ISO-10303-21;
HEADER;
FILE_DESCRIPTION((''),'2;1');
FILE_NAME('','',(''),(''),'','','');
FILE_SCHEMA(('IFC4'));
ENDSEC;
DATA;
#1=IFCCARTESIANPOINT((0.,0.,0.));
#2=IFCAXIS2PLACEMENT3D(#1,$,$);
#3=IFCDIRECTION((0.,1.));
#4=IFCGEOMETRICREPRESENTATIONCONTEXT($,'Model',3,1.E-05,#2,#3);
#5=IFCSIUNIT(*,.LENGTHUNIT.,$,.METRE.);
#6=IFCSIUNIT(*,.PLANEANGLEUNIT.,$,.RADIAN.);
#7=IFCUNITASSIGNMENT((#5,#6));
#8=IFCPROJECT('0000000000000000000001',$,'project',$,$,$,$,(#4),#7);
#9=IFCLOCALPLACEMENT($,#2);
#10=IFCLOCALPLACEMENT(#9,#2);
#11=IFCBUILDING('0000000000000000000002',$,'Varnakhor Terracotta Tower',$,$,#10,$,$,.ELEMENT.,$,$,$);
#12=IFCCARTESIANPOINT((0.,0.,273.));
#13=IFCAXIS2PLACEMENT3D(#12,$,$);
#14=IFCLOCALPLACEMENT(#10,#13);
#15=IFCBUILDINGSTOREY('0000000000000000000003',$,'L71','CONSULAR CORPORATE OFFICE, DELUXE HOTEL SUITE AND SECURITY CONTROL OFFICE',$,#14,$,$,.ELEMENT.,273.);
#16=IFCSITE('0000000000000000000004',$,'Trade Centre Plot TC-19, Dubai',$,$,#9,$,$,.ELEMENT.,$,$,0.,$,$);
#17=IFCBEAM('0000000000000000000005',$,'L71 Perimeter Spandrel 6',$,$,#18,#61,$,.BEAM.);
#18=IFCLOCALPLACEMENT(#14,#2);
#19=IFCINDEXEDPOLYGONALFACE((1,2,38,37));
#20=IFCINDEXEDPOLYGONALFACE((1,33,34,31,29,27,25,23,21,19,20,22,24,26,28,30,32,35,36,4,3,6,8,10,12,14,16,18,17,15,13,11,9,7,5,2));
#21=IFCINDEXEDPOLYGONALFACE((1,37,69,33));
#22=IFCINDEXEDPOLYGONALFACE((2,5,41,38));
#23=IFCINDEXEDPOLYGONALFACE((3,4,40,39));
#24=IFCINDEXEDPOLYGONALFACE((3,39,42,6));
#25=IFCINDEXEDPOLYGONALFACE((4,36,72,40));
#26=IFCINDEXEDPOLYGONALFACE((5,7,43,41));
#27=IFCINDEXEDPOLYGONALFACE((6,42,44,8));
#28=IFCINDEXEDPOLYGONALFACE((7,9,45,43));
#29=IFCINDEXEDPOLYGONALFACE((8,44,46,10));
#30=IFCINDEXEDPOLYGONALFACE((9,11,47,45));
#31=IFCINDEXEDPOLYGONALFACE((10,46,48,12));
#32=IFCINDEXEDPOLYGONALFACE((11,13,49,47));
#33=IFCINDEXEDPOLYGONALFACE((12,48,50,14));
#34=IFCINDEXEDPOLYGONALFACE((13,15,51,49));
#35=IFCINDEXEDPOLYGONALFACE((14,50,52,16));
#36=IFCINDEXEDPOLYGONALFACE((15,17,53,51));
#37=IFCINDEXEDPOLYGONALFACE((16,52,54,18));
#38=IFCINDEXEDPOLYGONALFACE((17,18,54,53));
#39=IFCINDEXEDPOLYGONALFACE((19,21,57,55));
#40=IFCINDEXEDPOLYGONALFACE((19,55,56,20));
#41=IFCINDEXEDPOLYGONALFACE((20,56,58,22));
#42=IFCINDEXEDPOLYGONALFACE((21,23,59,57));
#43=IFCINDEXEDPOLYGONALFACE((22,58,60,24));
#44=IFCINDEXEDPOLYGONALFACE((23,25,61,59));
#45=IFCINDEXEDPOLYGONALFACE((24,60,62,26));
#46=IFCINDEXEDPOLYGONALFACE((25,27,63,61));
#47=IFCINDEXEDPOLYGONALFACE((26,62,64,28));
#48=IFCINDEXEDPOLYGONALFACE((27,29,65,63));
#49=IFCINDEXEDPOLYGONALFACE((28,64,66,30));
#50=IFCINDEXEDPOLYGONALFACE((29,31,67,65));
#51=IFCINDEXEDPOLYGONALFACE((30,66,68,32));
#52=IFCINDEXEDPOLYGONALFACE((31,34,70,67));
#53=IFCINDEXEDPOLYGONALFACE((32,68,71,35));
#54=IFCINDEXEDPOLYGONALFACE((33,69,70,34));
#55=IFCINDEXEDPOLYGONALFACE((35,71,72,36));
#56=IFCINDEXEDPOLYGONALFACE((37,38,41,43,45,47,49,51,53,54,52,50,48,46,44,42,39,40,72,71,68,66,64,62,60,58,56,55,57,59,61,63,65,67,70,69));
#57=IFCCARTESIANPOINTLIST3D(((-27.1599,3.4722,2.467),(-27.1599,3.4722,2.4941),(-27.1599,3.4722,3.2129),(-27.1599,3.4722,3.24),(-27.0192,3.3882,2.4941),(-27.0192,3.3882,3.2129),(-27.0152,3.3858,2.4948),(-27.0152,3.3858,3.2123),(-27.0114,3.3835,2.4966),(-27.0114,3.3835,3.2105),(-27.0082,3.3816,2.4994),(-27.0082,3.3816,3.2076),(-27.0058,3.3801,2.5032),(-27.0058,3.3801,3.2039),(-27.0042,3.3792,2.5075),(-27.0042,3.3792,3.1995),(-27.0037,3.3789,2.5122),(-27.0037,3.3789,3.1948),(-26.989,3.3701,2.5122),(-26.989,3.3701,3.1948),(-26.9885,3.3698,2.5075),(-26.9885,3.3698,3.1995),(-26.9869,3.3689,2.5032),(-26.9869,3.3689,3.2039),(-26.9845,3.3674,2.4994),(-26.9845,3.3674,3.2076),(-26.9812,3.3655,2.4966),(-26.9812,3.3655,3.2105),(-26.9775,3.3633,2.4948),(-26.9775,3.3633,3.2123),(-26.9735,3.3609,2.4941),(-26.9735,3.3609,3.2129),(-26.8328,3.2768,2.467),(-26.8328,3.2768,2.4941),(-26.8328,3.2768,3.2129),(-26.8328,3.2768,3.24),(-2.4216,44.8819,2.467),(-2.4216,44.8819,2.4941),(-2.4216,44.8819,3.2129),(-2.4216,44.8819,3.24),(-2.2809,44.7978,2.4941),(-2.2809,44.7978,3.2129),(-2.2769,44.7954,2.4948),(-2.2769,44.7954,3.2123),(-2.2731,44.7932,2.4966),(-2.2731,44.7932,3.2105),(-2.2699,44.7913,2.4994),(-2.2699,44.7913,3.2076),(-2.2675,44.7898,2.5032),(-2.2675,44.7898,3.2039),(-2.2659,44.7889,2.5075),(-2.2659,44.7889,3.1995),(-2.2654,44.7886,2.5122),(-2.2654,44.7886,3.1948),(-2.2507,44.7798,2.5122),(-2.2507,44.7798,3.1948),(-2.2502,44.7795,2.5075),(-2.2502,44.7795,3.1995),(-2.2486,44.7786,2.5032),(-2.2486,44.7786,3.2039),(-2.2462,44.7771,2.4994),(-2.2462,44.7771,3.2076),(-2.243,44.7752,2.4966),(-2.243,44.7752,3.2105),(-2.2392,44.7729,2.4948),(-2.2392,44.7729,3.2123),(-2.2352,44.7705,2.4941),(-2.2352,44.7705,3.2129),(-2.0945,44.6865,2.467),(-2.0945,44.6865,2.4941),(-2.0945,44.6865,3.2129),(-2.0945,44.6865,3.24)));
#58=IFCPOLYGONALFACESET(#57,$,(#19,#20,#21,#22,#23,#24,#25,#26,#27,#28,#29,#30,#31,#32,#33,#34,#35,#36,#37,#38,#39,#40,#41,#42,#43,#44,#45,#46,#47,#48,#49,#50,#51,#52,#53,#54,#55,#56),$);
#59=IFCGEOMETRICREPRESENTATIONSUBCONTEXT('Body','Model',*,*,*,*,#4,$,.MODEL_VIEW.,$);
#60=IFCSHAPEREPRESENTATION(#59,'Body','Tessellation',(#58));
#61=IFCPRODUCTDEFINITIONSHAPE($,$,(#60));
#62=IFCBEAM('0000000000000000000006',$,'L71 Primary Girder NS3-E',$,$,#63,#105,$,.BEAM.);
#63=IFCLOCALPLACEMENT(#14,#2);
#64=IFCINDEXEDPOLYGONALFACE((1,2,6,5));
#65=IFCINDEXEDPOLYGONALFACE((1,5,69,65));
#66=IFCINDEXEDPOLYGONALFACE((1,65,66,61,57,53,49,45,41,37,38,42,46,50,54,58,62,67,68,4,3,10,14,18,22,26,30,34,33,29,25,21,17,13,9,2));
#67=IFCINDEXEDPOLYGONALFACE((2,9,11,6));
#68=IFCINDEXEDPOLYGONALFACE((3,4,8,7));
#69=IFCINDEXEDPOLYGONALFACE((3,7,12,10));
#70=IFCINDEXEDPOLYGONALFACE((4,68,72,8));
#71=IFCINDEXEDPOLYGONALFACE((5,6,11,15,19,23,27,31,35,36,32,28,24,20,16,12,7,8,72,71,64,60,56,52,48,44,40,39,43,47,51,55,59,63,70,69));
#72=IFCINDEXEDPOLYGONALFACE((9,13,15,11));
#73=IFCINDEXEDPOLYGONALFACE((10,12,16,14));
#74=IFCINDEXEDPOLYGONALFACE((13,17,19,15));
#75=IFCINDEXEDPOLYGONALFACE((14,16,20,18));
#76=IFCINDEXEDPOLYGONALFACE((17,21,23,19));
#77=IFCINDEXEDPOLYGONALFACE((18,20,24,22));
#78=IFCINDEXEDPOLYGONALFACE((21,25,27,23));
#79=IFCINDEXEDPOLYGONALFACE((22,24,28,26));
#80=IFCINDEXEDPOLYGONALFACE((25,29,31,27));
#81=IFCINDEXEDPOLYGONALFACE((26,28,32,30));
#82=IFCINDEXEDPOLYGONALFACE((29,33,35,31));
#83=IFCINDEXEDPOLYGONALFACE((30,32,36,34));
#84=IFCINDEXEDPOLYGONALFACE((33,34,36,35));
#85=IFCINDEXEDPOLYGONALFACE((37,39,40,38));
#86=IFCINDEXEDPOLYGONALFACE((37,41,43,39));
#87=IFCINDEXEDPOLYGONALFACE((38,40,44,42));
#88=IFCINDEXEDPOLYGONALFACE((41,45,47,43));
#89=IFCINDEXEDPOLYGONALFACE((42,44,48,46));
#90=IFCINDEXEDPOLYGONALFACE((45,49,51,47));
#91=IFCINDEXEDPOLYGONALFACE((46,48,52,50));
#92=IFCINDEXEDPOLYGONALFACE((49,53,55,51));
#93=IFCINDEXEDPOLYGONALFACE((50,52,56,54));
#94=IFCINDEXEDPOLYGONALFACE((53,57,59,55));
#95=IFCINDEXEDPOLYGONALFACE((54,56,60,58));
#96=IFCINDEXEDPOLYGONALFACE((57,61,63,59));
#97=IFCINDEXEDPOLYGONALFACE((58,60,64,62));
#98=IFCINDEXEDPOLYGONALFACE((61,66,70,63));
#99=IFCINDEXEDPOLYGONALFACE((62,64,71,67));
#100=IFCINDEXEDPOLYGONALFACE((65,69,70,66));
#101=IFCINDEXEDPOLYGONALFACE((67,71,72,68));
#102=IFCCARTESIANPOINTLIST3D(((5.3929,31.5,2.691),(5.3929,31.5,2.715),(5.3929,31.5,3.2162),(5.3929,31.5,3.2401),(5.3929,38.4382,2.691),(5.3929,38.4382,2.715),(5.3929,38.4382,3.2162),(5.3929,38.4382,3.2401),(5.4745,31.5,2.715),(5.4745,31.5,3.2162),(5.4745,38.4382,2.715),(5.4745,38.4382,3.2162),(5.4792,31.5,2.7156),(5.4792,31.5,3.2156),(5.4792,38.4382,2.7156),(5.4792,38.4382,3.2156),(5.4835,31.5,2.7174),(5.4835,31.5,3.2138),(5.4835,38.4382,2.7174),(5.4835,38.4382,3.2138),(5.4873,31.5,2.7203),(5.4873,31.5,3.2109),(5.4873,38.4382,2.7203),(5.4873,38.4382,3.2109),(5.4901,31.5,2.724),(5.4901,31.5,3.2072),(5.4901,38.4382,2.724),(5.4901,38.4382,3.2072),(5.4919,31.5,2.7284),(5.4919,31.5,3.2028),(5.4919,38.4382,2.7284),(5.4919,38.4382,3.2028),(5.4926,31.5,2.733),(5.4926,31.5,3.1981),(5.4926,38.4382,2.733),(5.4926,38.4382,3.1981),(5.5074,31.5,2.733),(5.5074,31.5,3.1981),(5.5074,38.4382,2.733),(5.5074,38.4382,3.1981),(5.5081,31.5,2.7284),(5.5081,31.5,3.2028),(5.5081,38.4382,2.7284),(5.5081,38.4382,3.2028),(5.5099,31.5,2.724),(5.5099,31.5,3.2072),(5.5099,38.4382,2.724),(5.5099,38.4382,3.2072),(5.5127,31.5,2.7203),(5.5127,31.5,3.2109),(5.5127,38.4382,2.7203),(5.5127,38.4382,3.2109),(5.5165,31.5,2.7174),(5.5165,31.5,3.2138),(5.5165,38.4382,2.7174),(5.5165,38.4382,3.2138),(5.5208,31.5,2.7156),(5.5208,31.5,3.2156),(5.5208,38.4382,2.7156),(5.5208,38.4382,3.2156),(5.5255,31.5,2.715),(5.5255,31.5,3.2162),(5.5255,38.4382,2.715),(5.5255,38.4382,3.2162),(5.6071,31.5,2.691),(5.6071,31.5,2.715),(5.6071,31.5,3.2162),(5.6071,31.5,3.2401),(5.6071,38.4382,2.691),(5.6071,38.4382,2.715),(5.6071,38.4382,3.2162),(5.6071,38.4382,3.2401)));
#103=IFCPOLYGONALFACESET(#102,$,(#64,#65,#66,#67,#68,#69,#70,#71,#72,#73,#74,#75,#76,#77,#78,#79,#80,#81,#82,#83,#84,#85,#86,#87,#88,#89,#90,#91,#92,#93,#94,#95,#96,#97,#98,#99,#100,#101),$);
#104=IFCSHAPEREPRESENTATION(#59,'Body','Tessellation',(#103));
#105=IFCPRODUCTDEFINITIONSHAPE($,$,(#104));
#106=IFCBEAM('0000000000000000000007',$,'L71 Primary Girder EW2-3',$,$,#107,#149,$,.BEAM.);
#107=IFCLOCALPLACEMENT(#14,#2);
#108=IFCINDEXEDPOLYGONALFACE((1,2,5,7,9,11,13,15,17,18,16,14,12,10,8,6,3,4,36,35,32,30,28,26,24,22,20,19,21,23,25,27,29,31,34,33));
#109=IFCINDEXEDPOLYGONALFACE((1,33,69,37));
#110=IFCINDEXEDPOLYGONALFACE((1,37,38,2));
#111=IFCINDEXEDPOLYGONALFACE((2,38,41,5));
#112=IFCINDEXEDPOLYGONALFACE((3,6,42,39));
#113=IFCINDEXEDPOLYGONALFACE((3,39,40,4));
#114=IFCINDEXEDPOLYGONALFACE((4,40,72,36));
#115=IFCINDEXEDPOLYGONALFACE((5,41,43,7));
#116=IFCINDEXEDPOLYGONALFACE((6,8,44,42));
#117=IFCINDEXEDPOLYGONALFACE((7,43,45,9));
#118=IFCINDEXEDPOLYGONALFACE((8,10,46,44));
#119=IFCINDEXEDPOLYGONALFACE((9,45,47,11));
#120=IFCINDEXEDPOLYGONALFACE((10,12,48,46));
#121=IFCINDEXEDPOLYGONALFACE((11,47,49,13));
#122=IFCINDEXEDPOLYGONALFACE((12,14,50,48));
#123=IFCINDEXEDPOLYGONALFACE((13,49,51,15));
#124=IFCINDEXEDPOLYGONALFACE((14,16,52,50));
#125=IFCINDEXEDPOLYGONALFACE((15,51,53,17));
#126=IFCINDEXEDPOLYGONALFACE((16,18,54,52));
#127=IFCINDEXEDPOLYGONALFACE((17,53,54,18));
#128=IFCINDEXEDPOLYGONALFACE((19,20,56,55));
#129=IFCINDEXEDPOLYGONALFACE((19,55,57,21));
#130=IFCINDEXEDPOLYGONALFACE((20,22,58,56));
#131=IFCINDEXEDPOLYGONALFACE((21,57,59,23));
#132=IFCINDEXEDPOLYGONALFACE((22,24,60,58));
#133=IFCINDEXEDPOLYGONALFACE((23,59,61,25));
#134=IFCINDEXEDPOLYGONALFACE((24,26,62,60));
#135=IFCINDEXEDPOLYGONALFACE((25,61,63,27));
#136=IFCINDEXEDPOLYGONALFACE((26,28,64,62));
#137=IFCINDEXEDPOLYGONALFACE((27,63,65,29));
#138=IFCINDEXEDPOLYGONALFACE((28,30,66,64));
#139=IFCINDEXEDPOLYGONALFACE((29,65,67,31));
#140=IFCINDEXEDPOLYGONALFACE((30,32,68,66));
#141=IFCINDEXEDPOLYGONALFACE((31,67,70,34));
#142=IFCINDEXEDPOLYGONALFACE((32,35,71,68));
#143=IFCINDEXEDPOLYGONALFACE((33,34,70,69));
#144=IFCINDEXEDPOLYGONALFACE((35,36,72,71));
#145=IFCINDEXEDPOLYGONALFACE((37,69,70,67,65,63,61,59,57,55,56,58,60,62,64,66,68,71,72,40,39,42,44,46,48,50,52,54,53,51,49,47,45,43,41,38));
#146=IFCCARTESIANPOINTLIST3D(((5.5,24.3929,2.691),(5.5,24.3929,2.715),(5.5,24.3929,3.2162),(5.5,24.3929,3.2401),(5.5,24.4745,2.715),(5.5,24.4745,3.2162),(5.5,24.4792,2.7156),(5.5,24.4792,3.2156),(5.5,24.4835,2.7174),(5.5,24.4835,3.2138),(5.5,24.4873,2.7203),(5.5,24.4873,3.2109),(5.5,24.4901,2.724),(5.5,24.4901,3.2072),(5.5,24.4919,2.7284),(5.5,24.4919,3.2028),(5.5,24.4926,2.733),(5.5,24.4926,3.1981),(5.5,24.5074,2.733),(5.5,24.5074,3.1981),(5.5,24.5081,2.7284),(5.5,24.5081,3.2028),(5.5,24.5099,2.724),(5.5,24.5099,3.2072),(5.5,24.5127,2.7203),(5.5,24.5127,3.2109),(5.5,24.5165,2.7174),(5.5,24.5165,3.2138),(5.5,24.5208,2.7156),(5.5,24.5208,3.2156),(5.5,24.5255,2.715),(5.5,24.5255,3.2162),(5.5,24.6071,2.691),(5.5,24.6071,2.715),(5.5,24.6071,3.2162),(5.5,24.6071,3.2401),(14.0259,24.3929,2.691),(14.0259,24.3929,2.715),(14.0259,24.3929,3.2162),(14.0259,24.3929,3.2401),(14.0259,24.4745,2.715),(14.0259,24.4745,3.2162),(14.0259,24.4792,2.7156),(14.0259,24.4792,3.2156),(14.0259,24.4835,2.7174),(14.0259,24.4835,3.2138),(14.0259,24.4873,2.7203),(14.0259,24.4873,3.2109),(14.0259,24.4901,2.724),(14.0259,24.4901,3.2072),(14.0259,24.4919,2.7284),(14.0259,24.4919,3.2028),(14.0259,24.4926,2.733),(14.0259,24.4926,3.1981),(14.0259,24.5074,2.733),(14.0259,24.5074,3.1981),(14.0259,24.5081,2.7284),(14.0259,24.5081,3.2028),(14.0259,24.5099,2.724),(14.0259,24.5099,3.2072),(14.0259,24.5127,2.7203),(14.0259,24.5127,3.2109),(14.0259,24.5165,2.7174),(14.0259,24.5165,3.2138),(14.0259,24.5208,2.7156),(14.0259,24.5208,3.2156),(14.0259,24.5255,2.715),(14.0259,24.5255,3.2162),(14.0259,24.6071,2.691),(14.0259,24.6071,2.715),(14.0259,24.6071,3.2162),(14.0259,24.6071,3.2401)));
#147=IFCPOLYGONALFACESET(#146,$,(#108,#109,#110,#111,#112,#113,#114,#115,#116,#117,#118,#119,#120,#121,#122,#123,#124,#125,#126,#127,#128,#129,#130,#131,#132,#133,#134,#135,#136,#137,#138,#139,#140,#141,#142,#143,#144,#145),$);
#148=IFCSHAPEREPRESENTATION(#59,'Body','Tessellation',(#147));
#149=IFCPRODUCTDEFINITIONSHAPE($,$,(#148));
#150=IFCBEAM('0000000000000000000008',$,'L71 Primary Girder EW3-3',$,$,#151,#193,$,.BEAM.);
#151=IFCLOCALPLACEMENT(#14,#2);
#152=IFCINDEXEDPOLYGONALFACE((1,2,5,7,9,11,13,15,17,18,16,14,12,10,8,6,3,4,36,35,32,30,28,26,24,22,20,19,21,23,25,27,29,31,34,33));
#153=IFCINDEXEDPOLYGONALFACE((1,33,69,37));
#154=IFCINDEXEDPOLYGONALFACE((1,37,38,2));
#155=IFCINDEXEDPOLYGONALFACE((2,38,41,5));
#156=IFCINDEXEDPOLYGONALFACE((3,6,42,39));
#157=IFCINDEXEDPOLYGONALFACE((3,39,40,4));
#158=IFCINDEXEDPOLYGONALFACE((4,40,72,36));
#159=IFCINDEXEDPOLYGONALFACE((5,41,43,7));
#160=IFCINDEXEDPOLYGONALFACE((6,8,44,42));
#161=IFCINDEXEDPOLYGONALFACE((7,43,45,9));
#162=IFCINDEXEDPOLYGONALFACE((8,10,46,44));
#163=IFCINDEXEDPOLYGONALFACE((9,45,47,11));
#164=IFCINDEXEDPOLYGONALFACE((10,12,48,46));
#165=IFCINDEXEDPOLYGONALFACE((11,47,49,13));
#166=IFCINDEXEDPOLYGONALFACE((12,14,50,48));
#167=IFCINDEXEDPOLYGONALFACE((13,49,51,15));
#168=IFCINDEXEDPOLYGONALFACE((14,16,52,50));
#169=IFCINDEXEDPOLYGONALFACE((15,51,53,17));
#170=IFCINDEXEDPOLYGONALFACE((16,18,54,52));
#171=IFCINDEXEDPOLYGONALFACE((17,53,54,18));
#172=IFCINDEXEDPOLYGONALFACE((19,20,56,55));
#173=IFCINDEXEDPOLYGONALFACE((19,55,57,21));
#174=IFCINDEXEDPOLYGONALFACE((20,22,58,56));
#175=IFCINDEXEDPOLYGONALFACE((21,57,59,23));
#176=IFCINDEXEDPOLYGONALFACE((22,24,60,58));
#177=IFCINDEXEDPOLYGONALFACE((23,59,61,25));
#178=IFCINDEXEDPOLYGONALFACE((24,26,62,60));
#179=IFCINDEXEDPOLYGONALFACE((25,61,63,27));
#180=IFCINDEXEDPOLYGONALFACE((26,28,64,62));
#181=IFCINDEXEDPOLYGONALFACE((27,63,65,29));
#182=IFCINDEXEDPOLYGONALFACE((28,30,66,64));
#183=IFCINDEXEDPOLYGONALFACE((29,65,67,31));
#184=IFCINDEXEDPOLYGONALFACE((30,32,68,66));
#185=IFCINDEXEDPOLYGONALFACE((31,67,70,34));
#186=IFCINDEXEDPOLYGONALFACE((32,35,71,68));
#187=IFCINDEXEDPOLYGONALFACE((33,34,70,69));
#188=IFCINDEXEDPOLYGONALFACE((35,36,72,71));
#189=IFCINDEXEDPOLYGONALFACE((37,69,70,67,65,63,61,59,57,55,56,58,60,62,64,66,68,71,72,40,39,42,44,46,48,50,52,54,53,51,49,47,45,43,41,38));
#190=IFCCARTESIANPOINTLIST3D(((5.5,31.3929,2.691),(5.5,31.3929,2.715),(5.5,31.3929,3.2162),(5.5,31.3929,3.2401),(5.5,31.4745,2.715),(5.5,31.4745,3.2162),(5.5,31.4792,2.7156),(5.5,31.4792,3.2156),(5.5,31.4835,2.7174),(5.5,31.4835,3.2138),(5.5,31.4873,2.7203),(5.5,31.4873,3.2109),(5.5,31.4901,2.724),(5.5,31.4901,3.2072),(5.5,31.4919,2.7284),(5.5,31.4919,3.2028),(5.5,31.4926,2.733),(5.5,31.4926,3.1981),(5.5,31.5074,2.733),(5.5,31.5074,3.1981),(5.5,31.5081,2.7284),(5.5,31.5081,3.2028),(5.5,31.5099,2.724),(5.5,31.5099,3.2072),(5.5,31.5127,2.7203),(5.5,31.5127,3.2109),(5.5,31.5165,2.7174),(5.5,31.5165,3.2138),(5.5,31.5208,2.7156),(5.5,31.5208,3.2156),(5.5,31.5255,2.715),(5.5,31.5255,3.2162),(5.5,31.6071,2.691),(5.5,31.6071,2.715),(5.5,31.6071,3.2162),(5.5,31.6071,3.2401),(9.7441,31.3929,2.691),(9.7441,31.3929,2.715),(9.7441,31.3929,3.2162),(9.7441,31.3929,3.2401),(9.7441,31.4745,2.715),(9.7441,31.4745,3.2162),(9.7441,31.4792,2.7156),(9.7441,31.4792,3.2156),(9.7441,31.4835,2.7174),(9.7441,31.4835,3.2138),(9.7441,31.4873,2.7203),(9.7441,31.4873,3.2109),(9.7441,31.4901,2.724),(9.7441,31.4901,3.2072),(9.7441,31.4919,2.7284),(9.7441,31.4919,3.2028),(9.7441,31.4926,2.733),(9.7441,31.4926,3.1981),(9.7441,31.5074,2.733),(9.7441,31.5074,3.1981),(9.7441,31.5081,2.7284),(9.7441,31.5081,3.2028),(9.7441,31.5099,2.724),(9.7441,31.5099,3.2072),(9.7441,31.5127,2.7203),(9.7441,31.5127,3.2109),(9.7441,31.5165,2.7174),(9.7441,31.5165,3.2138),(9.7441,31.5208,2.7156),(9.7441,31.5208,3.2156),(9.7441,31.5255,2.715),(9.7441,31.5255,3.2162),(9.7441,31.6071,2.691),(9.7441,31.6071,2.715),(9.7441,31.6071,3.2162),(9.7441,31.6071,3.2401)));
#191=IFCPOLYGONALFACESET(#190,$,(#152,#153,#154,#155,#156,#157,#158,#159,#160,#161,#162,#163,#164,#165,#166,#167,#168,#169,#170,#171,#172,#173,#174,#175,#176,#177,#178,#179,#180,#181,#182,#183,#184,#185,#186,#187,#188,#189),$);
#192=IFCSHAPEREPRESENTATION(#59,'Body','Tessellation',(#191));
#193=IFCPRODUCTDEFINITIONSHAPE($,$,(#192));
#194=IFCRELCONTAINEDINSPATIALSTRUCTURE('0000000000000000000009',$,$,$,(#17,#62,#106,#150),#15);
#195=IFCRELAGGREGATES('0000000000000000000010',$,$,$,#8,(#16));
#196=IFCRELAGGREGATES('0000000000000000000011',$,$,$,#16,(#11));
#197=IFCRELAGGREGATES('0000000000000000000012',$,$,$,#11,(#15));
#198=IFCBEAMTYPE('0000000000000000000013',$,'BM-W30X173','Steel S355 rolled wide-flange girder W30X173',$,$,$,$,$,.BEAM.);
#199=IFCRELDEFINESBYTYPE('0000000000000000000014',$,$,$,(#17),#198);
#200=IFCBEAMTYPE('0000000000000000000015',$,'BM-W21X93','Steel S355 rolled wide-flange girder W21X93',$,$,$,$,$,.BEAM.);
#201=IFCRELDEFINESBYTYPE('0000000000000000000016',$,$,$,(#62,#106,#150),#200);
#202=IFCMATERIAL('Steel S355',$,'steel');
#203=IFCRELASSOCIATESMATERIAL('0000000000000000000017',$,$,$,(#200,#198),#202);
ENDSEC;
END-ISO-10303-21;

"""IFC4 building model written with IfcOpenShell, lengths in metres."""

from ifc_helpers import new_model, si_unit, direction, frame, origin, origin_2d, place, context, subcontext, project, spatial, i_section, extrude, source, transform, mapped, material, material_profile, profile_set, type_object, element, save


model = new_model("IFC4")

# Units and contexts
model_context = context("Model", 3, precision=1e-05, world=origin(), true_north=direction((0.0, 1.0)))
body_context = subcontext(model_context, "Body", "Model", "MODEL_VIEW")
ifc_project = project(units=[si_unit("LENGTHUNIT", "METRE"), si_unit("PLANEANGLEUNIT", "RADIAN")], contexts=[model_context])

# Site, building, storey
site_placement = place(None, origin())
site = spatial("IfcSite", under=ifc_project, at=site_placement, Name="Trade Centre Plot TC-19, Dubai", CompositionType="ELEMENT", RefElevation=0.0)
building_placement = place(site_placement, origin())
building = spatial("IfcBuilding", under=site, at=building_placement, Name="Varnakhor Terracotta Tower", CompositionType="ELEMENT")
storey_placement = place(building_placement, frame((0.0, 0.0, 273.0)))
storey = spatial("IfcBuildingStorey", under=building, at=storey_placement, Name="L71", Description="CONSULAR CORPORATE OFFICE, DELUXE HOTEL SUITE AND SECURITY CONTROL OFFICE", CompositionType="ELEMENT", Elevation=273.0)

# Shared definitions
ifc_material_1 = material(Name="Steel S355", Category="steel")

# Beams
ifc_material_profile_1 = material_profile(ifc_material_1, i_section(OverallWidth=0.2141, OverallDepth=0.5491, WebThickness=0.0149, FlangeThickness=0.0239, FilletRadius=0.0181, at=origin_2d()), Name="W21X93")
ifc_profile_set_1 = profile_set([ifc_material_profile_1], Name="Steel S355")
beam_type_1 = type_object("IfcBeamType", Name="BM-W21X93", Description="Steel S355 rolled wide-flange girder W21X93", PredefinedType="BEAM", material=ifc_profile_set_1)
ifc_material_profile_2 = material_profile(ifc_material_1, i_section(OverallWidth=0.3811, OverallDepth=0.7729, WebThickness=0.0171, FlangeThickness=0.0271, FilletRadius=0.0181, at=origin_2d()), Name="W30X173")
ifc_profile_set_2 = profile_set([ifc_material_profile_2], Name="Steel S355")
beam_type_2 = type_object("IfcBeamType", Name="BM-W30X173", Description="Steel S355 rolled wide-flange girder W30X173", PredefinedType="BEAM", material=ifc_profile_set_2)
shared_shape_1 = source(origin(), body_context, "Body", "SweptSolid", [
    extrude(i_section(OverallWidth=0.3811, OverallDepth=0.7729, WebThickness=0.0171, FlangeThickness=0.0271, FilletRadius=0.0181, at=origin_2d()), origin(), (0.0, 0.0, 1.0), 48.2363),
])
beam_1_placement = place(storey_placement, frame((-2.2581, 44.7842, 2.8535), z_axis=(-0.512856, -0.858475, 0.0), x_axis=(0.858475, -0.512856, 0.0)))
element("IfcBeam", 1, at=beam_1_placement, inside=storey, type_object=beam_type_2, Name="L71 Perimeter Spandrel 6", PredefinedType="BEAM", context=body_context, shape_type="MappedRepresentation", body=[
    mapped(shared_shape_1, transform((0.0, 0.0, 0.0), scale=1.0)),
])
shared_shape_2 = source(origin(), body_context, "Body", "SweptSolid", [
    extrude(i_section(OverallWidth=0.2141, OverallDepth=0.5491, WebThickness=0.0149, FlangeThickness=0.0239, FilletRadius=0.0181, at=origin_2d()), origin(), (0.0, 0.0, 1.0), 6.9382),
])
beam_2_placement = place(storey_placement, frame((5.5, 31.5, 2.9656), z_axis=(0.0, 1.0, 0.0), x_axis=(-1.0, 0.0, 0.0)))
element("IfcBeam", 2, at=beam_2_placement, inside=storey, type_object=beam_type_1, Name="L71 Primary Girder NS3-E", PredefinedType="BEAM", context=body_context, shape_type="MappedRepresentation", body=[
    mapped(shared_shape_2, transform((0.0, 0.0, 0.0), scale=1.0)),
])
shared_shape_3 = source(origin(), body_context, "Body", "SweptSolid", [
    extrude(i_section(OverallWidth=0.2141, OverallDepth=0.5491, WebThickness=0.0149, FlangeThickness=0.0239, FilletRadius=0.0181, at=origin_2d()), origin(), (0.0, 0.0, 1.0), 8.5259),
])
beam_3_placement = place(storey_placement, frame((5.5, 24.5, 2.9656), z_axis=(1.0, 0.0, 0.0), x_axis=(0.0, 1.0, 0.0)))
element("IfcBeam", 3, at=beam_3_placement, inside=storey, type_object=beam_type_1, Name="L71 Primary Girder EW2-3", PredefinedType="BEAM", context=body_context, shape_type="MappedRepresentation", body=[
    mapped(shared_shape_3, transform((0.0, 0.0, 0.0), scale=1.0)),
])
shared_shape_4 = source(origin(), body_context, "Body", "SweptSolid", [
    extrude(i_section(OverallWidth=0.2141, OverallDepth=0.5491, WebThickness=0.0149, FlangeThickness=0.0239, FilletRadius=0.0181, at=origin_2d()), origin(), (0.0, 0.0, 1.0), 4.2441),
])
beam_4_placement = place(storey_placement, frame((5.5, 31.5, 2.9656), z_axis=(1.0, 0.0, 0.0), x_axis=(0.0, 1.0, 0.0)))
element("IfcBeam", 4, at=beam_4_placement, inside=storey, type_object=beam_type_1, Name="L71 Primary Girder EW3-3", PredefinedType="BEAM", context=body_context, shape_type="MappedRepresentation", body=[
    mapped(shared_shape_4, transform((0.0, 0.0, 0.0), scale=1.0)),
])

save(model, "model.ifc")
